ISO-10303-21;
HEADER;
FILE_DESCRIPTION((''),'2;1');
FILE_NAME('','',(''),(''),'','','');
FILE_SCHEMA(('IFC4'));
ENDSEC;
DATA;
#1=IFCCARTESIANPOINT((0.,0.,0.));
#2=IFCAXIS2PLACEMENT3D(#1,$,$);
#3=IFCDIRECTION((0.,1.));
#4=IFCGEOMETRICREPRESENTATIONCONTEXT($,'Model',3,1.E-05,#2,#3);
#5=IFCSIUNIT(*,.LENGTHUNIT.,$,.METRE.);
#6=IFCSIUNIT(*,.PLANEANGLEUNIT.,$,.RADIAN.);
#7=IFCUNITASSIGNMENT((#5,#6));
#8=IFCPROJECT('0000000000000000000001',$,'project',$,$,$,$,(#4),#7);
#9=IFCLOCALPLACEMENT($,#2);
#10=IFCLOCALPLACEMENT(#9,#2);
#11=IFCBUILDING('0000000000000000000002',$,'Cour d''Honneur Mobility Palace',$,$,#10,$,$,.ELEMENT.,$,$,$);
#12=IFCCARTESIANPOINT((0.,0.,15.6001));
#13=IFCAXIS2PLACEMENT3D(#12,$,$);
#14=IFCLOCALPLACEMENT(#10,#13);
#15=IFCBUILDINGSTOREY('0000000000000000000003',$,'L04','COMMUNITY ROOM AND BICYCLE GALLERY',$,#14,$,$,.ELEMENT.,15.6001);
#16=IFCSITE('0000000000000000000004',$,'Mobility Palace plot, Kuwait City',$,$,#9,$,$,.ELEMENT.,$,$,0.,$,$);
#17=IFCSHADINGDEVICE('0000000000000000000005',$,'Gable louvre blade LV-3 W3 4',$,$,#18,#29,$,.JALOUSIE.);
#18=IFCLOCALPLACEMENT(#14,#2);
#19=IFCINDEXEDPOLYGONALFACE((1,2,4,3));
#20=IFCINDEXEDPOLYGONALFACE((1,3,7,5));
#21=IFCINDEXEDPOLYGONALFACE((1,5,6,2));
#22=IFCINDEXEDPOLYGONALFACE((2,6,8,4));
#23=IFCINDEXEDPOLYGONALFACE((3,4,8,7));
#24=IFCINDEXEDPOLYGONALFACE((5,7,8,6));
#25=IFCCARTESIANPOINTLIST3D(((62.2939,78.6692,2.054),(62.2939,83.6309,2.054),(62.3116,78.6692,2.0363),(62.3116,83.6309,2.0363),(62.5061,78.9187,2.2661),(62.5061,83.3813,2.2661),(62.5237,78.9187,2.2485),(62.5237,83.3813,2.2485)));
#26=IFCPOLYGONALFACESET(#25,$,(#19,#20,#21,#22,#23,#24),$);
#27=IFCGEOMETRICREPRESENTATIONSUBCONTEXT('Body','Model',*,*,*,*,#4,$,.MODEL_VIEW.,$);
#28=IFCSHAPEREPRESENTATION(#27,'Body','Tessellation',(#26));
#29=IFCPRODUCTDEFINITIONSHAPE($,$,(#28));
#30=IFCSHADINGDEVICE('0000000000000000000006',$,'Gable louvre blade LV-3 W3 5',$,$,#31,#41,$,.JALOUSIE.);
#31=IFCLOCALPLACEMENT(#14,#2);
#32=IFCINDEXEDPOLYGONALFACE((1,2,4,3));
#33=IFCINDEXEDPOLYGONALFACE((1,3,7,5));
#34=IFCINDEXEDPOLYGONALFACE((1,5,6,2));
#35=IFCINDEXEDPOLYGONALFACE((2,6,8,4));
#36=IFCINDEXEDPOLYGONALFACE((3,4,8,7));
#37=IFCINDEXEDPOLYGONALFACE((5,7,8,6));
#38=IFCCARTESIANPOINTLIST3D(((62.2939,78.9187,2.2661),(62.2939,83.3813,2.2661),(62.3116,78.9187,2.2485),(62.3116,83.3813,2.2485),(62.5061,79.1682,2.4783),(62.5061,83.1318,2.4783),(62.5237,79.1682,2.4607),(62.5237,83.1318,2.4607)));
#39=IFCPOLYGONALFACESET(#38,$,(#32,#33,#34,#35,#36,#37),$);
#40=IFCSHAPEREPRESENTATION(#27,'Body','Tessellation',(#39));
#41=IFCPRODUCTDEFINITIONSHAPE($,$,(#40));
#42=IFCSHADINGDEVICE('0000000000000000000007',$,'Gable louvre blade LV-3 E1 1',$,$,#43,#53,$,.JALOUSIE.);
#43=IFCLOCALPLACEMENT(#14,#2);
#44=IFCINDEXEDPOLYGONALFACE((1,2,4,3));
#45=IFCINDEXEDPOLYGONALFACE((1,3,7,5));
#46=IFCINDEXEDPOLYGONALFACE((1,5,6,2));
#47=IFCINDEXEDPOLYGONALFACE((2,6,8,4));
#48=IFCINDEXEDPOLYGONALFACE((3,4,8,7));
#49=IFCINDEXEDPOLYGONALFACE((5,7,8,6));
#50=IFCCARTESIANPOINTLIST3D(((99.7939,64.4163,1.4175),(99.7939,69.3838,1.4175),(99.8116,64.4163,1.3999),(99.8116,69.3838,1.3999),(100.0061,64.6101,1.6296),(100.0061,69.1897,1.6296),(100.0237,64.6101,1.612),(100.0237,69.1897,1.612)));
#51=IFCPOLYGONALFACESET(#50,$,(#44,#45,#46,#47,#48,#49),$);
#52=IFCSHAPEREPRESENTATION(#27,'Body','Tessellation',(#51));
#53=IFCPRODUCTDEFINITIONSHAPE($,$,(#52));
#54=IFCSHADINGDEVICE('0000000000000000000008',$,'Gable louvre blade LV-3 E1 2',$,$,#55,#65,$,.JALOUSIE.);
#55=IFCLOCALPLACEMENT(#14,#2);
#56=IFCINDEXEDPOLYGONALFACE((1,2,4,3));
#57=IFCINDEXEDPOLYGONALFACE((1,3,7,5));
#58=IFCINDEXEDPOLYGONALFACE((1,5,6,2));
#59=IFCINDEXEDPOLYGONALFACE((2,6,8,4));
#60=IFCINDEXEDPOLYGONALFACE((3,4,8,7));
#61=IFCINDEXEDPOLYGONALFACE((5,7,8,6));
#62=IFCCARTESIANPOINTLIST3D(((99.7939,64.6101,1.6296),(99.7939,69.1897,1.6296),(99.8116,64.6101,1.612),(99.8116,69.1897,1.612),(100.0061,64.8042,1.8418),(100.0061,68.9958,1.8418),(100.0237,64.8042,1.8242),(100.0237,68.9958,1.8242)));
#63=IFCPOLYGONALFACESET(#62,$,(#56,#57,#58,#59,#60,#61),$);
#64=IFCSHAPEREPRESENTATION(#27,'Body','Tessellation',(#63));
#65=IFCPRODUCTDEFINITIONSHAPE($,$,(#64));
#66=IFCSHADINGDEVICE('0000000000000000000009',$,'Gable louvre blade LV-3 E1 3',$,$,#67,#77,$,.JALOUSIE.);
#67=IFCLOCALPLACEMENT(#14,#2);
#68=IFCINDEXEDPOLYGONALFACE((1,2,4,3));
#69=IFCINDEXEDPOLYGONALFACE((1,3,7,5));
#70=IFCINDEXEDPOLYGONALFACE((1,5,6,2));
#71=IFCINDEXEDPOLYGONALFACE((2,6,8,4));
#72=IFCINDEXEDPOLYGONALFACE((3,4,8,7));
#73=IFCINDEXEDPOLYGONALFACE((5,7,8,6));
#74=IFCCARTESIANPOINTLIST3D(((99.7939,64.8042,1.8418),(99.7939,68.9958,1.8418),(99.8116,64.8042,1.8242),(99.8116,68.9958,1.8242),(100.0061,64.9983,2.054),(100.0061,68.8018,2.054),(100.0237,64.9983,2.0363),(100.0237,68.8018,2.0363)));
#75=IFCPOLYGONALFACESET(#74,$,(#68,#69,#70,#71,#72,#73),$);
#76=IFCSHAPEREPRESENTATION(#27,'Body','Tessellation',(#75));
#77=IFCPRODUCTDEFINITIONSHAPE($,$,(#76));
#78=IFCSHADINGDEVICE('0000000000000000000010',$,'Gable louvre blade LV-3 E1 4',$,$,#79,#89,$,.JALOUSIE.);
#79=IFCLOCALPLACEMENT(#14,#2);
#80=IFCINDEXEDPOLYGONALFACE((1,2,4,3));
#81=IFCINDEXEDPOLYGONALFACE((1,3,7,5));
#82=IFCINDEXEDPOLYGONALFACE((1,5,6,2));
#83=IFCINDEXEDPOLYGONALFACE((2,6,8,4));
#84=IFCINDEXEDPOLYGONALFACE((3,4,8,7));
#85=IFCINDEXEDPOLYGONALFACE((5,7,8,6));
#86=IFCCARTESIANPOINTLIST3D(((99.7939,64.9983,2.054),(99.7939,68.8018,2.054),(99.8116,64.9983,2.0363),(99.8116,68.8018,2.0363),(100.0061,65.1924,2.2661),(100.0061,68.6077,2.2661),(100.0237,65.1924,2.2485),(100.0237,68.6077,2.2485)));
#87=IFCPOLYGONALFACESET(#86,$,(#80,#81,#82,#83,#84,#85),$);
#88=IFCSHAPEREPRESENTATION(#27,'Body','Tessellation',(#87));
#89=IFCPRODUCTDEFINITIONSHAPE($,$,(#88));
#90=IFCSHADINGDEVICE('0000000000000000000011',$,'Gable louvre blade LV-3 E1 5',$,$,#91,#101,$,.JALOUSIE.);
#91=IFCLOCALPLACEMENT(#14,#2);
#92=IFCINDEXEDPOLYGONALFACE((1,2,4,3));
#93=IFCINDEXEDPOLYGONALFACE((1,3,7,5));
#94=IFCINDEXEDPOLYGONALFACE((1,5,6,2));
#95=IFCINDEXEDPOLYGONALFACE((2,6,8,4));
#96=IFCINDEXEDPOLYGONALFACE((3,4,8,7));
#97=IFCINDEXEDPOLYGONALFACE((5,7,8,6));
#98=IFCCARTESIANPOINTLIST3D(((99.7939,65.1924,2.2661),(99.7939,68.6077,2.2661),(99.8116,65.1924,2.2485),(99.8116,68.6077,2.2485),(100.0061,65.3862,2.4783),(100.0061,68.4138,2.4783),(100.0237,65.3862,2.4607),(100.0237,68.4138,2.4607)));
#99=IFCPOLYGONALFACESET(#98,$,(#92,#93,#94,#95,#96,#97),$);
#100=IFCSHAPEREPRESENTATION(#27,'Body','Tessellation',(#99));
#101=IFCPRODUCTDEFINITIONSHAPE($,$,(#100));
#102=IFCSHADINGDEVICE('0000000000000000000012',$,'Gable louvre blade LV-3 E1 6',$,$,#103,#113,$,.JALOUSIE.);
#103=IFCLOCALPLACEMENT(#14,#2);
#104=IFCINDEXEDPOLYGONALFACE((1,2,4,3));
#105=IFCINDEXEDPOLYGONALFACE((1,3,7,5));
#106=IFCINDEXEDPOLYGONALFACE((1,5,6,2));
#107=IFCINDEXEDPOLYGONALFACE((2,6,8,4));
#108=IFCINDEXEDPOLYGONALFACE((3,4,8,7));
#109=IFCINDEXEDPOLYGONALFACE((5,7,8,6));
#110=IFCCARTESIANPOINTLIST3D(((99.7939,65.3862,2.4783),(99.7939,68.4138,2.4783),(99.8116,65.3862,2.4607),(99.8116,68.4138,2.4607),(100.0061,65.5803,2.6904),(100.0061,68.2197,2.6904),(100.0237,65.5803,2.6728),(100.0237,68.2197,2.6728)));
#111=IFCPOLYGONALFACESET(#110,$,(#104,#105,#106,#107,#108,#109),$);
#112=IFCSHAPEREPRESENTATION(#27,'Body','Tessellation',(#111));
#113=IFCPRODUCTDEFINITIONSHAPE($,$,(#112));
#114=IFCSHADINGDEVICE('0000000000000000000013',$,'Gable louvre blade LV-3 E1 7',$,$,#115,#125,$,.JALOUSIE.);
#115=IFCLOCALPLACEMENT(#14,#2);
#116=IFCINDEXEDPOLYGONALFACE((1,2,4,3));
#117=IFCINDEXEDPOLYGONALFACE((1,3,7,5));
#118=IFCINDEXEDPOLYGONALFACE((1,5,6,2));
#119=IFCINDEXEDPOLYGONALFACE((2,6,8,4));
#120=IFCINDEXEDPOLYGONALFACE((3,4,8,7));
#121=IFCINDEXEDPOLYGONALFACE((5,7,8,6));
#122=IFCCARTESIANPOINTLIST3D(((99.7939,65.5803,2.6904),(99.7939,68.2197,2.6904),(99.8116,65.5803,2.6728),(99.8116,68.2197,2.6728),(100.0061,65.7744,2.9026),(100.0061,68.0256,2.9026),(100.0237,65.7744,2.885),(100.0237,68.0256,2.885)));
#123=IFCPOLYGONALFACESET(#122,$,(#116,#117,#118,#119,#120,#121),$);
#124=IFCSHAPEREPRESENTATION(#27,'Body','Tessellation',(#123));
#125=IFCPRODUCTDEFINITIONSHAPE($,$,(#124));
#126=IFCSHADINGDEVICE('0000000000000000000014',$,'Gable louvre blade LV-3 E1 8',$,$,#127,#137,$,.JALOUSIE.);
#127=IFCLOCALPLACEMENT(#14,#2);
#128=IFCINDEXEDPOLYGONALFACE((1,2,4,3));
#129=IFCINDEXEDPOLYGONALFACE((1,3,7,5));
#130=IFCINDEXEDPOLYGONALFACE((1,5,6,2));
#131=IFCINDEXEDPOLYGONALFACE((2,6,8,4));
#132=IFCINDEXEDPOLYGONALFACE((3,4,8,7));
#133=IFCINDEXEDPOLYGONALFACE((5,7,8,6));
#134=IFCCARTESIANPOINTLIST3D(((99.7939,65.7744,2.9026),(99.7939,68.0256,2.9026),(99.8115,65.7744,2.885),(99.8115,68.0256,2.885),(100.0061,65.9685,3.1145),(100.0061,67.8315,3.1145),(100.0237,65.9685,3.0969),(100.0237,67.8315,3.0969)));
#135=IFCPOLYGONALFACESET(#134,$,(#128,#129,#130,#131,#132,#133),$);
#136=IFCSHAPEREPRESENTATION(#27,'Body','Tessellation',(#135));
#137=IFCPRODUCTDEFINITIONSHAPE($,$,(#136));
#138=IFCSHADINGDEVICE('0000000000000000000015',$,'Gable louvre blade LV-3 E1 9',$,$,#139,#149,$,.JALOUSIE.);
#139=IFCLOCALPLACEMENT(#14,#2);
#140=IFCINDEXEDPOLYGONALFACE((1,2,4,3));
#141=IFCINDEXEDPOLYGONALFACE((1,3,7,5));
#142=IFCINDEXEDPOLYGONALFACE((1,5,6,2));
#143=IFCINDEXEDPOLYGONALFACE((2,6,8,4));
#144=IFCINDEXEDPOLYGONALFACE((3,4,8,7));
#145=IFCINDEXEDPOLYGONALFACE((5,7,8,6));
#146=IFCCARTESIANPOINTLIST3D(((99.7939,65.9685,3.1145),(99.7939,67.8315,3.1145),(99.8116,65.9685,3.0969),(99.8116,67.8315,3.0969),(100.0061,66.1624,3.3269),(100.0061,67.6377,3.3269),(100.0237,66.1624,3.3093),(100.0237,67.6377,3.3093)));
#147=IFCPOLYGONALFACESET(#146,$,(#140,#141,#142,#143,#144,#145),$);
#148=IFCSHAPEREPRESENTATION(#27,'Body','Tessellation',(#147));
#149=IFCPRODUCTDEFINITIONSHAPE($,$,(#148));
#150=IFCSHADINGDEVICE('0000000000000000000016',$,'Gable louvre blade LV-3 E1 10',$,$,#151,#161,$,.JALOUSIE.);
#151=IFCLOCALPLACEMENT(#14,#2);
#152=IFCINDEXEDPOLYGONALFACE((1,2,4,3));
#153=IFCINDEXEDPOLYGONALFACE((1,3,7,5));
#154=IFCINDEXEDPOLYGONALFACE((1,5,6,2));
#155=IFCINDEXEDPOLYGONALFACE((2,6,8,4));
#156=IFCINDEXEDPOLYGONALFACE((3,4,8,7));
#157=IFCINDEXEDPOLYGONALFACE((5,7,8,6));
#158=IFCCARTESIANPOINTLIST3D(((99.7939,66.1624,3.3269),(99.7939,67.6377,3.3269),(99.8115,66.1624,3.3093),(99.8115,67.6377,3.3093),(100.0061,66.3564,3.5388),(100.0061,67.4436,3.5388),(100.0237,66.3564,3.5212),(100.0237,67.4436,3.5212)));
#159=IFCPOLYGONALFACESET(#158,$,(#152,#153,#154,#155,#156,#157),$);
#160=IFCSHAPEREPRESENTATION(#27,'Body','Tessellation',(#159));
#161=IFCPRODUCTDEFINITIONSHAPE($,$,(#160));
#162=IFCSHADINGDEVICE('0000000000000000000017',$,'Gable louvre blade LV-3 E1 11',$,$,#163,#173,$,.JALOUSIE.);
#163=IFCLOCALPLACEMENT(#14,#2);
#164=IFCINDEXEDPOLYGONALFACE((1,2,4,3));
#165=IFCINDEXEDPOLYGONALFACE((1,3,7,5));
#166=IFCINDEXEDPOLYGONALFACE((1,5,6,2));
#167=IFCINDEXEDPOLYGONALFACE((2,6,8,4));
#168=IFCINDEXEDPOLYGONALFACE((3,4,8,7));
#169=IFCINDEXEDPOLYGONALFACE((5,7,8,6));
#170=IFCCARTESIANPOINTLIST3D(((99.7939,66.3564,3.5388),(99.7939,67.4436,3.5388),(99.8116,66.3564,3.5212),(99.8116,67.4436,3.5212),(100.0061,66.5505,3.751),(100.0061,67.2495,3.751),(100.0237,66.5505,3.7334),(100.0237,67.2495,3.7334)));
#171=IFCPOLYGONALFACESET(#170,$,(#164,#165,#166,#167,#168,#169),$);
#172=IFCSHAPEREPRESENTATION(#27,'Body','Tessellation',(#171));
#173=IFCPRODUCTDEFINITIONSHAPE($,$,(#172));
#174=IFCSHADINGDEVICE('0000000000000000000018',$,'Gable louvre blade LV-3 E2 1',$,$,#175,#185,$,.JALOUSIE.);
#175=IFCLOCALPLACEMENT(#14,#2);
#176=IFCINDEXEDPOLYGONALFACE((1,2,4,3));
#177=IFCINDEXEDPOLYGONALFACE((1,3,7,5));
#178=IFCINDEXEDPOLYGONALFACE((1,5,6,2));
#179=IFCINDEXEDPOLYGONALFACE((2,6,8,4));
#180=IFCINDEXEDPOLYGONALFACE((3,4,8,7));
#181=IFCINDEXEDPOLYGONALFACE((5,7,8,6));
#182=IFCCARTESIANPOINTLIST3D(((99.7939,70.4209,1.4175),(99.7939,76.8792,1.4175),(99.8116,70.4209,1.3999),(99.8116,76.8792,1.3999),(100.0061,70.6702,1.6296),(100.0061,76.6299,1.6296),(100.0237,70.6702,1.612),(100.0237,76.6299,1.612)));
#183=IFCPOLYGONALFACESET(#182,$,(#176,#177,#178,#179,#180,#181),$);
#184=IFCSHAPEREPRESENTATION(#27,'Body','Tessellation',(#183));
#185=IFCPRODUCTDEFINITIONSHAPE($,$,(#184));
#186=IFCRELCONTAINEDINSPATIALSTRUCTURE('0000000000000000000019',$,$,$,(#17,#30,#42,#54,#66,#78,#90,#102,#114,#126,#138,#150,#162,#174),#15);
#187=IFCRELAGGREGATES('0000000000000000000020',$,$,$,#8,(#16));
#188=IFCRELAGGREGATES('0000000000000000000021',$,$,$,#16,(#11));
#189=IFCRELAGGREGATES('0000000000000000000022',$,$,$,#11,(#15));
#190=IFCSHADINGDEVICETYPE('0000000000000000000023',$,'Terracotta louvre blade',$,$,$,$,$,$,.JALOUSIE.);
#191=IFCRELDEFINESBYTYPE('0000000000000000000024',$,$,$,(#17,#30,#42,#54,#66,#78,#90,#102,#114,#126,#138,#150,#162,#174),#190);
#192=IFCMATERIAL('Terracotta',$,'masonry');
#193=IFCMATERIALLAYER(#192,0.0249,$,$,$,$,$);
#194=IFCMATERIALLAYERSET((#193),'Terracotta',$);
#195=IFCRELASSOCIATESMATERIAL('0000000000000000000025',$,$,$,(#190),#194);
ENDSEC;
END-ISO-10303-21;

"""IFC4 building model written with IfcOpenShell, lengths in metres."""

from ifc_helpers import new_model, si_unit, direction, frame, origin, place, context, subcontext, project, spatial, polyline, outline, extrude, material, layer, layer_set, type_object, element, save


model = new_model("IFC4")

# Units and contexts
model_context = context("Model", 3, precision=1e-05, world=origin(), true_north=direction((0.0, 1.0)))
body_context = subcontext(model_context, "Body", "Model", "MODEL_VIEW")
ifc_project = project(units=[si_unit("LENGTHUNIT", "METRE"), si_unit("PLANEANGLEUNIT", "RADIAN")], contexts=[model_context])

# Site, building, storey
site_placement = place(None, origin())
site = spatial("IfcSite", under=ifc_project, at=site_placement, Name="Mobility Palace plot, Kuwait City", CompositionType="ELEMENT", RefElevation=0.0)
building_placement = place(site_placement, origin())
building = spatial("IfcBuilding", under=site, at=building_placement, Name="Cour d'Honneur Mobility Palace", CompositionType="ELEMENT")
storey_placement = place(building_placement, frame((0.0, 0.0, 15.6001)))
storey = spatial("IfcBuildingStorey", under=building, at=storey_placement, Name="L04", Description="COMMUNITY ROOM AND BICYCLE GALLERY", CompositionType="ELEMENT", Elevation=15.6001)

# Shading devices
ifc_material_1 = material(Name="Terracotta", Category="masonry")
ifc_layer_1 = layer(ifc_material_1, 0.0249)
ifc_layer_set_1 = layer_set([ifc_layer_1], Name="Terracotta")
shading_device_type = type_object("IfcShadingDeviceType", Name="Terracotta louvre blade", PredefinedType="JALOUSIE", material=ifc_layer_set_1)
shading_device_1_placement = place(storey_placement, frame((62.2939, 78.6692, 2.054), z_axis=(-0.707107, 0.0, 0.707107), x_axis=(0.0, 1.0, 0.0)))
element("IfcShadingDevice", 1, at=shading_device_1_placement, inside=storey, type_object=shading_device_type, Name="Gable louvre blade LV-3 W3 4", PredefinedType="JALOUSIE", context=body_context, shape_type="SweptSolid", body=[
    extrude(outline(polyline([(0.0, 0.0), (4.9617, 0.0), (4.7122, -0.3), (0.2495, -0.3), (0.0, 0.0)])), origin(), (0.0, 0.0, -1.0), 0.0249),
])
shading_device_2_placement = place(storey_placement, frame((62.2939, 78.9187, 2.2661), z_axis=(-0.707107, 0.0, 0.707107), x_axis=(0.0, 1.0, 0.0)))
element("IfcShadingDevice", 2, at=shading_device_2_placement, inside=storey, type_object=shading_device_type, Name="Gable louvre blade LV-3 W3 5", PredefinedType="JALOUSIE", context=body_context, shape_type="SweptSolid", body=[
    extrude(outline(polyline([(0.0, 0.0), (4.4626, 0.0), (4.2131, -0.3), (0.2495, -0.3), (0.0, 0.0)])), origin(), (0.0, 0.0, -1.0), 0.0249),
])
shading_device_3_placement = place(storey_placement, frame((99.7939, 64.4163, 1.4175), z_axis=(-0.707107, 0.0, 0.707107), x_axis=(0.0, 1.0, 0.0)))
element("IfcShadingDevice", 3, at=shading_device_3_placement, inside=storey, type_object=shading_device_type, Name="Gable louvre blade LV-3 E1 1", PredefinedType="JALOUSIE", context=body_context, shape_type="SweptSolid", body=[
    extrude(outline(polyline([(0.0, 0.0), (4.9675, 0.0), (4.7734, -0.3), (0.1938, -0.3), (0.0, 0.0)])), origin(), (0.0, 0.0, -1.0), 0.0249),
])
shading_device_4_placement = place(storey_placement, frame((99.7939, 64.6101, 1.6296), z_axis=(-0.707107, 0.0, 0.707107), x_axis=(0.0, 1.0, 0.0)))
element("IfcShadingDevice", 4, at=shading_device_4_placement, inside=storey, type_object=shading_device_type, Name="Gable louvre blade LV-3 E1 2", PredefinedType="JALOUSIE", context=body_context, shape_type="SweptSolid", body=[
    extrude(outline(polyline([(0.0, 0.0), (4.5796, 0.0), (4.3857, -0.3), (0.1941, -0.3), (0.0, 0.0)])), origin(), (0.0, 0.0, -1.0), 0.0249),
])
shading_device_5_placement = place(storey_placement, frame((99.7939, 64.8042, 1.8418), z_axis=(-0.707107, 0.0, 0.707107), x_axis=(0.0, 1.0, 0.0)))
element("IfcShadingDevice", 5, at=shading_device_5_placement, inside=storey, type_object=shading_device_type, Name="Gable louvre blade LV-3 E1 3", PredefinedType="JALOUSIE", context=body_context, shape_type="SweptSolid", body=[
    extrude(outline(polyline([(0.0, 0.0), (4.1917, 0.0), (3.9976, -0.3), (0.1941, -0.3), (0.0, 0.0)])), origin(), (0.0, 0.0, -1.0), 0.0249),
])
shading_device_6_placement = place(storey_placement, frame((99.7939, 64.9983, 2.054), z_axis=(-0.707107, 0.0, 0.707107), x_axis=(0.0, 1.0, 0.0)))
element("IfcShadingDevice", 6, at=shading_device_6_placement, inside=storey, type_object=shading_device_type, Name="Gable louvre blade LV-3 E1 4", PredefinedType="JALOUSIE", context=body_context, shape_type="SweptSolid", body=[
    extrude(outline(polyline([(0.0, 0.0), (3.8035, 0.0), (3.6094, -0.3), (0.1941, -0.3), (0.0, 0.0)])), origin(), (0.0, 0.0, -1.0), 0.0249),
])
shading_device_7_placement = place(storey_placement, frame((99.7939, 65.1924, 2.2661), z_axis=(-0.707107, 0.0, 0.707107), x_axis=(0.0, 1.0, 0.0)))
element("IfcShadingDevice", 7, at=shading_device_7_placement, inside=storey, type_object=shading_device_type, Name="Gable louvre blade LV-3 E1 5", PredefinedType="JALOUSIE", context=body_context, shape_type="SweptSolid", body=[
    extrude(outline(polyline([(0.0, 0.0), (3.4153, 0.0), (3.2214, -0.3), (0.1938, -0.3), (0.0, 0.0)])), origin(), (0.0, 0.0, -1.0), 0.0249),
])
shading_device_8_placement = place(storey_placement, frame((99.7939, 65.3862, 2.4783), z_axis=(-0.707107, 0.0, 0.707107), x_axis=(0.0, 1.0, 0.0)))
element("IfcShadingDevice", 8, at=shading_device_8_placement, inside=storey, type_object=shading_device_type, Name="Gable louvre blade LV-3 E1 6", PredefinedType="JALOUSIE", context=body_context, shape_type="SweptSolid", body=[
    extrude(outline(polyline([(0.0, 0.0), (3.0276, 0.0), (2.8335, -0.3), (0.1941, -0.3), (0.0, 0.0)])), origin(), (0.0, 0.0, -1.0), 0.0249),
])
shading_device_9_placement = place(storey_placement, frame((99.7939, 65.5803, 2.6904), z_axis=(-0.707107, 0.0, 0.707107), x_axis=(0.0, 1.0, 0.0)))
element("IfcShadingDevice", 9, at=shading_device_9_placement, inside=storey, type_object=shading_device_type, Name="Gable louvre blade LV-3 E1 7", PredefinedType="JALOUSIE", context=body_context, shape_type="SweptSolid", body=[
    extrude(outline(polyline([(0.0, 0.0), (2.6394, 0.0), (2.4453, -0.3), (0.1941, -0.3), (0.0, 0.0)])), origin(), (0.0, 0.0, -1.0), 0.0249),
])
shading_device_10_placement = place(storey_placement, frame((99.7939, 65.7744, 2.9026), z_axis=(-0.7067, 0.0, 0.707514), x_axis=(0.0, 1.0, 0.0)))
element("IfcShadingDevice", 10, at=shading_device_10_placement, inside=storey, type_object=shading_device_type, Name="Gable louvre blade LV-3 E1 8", PredefinedType="JALOUSIE", context=body_context, shape_type="SweptSolid", body=[
    extrude(outline(polyline([(0.0, 0.0), (2.2512, 0.0), (2.0571, -0.2999), (0.1941, -0.2999), (0.0, 0.0)])), origin(), (0.0, 0.0, -1.0), 0.0249),
])
shading_device_11_placement = place(storey_placement, frame((99.7939, 65.9685, 3.1145), z_axis=(-0.707513, 0.0, 0.7067), x_axis=(0.0, 1.0, 0.0)))
element("IfcShadingDevice", 11, at=shading_device_11_placement, inside=storey, type_object=shading_device_type, Name="Gable louvre blade LV-3 E1 9", PredefinedType="JALOUSIE", context=body_context, shape_type="SweptSolid", body=[
    extrude(outline(polyline([(0.0, 0.0), (1.863, 0.0), (1.6692, -0.3002), (0.1938, -0.3002), (0.0, 0.0)])), origin(), (0.0, 0.0, -1.0), 0.0249),
])
shading_device_12_placement = place(storey_placement, frame((99.7939, 66.1624, 3.3269), z_axis=(-0.7067, 0.0, 0.707514), x_axis=(0.0, 1.0, 0.0)))
element("IfcShadingDevice", 12, at=shading_device_12_placement, inside=storey, type_object=shading_device_type, Name="Gable louvre blade LV-3 E1 10", PredefinedType="JALOUSIE", context=body_context, shape_type="SweptSolid", body=[
    extrude(outline(polyline([(0.0, 0.0), (1.4753, 0.0), (1.2812, -0.2999), (0.1941, -0.2999), (0.0, 0.0)])), origin(), (0.0, 0.0, -1.0), 0.0249),
])
shading_device_13_placement = place(storey_placement, frame((99.7939, 66.3564, 3.5388), z_axis=(-0.707107, 0.0, 0.707107), x_axis=(0.0, 1.0, 0.0)))
element("IfcShadingDevice", 13, at=shading_device_13_placement, inside=storey, type_object=shading_device_type, Name="Gable louvre blade LV-3 E1 11", PredefinedType="JALOUSIE", context=body_context, shape_type="SweptSolid", body=[
    extrude(outline(polyline([(0.0, 0.0), (1.0872, 0.0), (0.8931, -0.3), (0.1941, -0.3), (0.0, 0.0)])), origin(), (0.0, 0.0, -1.0), 0.0249),
])
shading_device_14_placement = place(storey_placement, frame((99.7939, 70.4209, 1.4175), z_axis=(-0.707107, 0.0, 0.707107), x_axis=(0.0, 1.0, 0.0)))
element("IfcShadingDevice", 14, at=shading_device_14_placement, inside=storey, type_object=shading_device_type, Name="Gable louvre blade LV-3 E2 1", PredefinedType="JALOUSIE", context=body_context, shape_type="SweptSolid", body=[
    extrude(outline(polyline([(0.0, 0.0), (6.4583, 0.0), (6.209, -0.3), (0.2493, -0.3), (0.0, 0.0)])), origin(), (0.0, 0.0, -1.0), 0.0249),
])

save(model, "model.ifc")
